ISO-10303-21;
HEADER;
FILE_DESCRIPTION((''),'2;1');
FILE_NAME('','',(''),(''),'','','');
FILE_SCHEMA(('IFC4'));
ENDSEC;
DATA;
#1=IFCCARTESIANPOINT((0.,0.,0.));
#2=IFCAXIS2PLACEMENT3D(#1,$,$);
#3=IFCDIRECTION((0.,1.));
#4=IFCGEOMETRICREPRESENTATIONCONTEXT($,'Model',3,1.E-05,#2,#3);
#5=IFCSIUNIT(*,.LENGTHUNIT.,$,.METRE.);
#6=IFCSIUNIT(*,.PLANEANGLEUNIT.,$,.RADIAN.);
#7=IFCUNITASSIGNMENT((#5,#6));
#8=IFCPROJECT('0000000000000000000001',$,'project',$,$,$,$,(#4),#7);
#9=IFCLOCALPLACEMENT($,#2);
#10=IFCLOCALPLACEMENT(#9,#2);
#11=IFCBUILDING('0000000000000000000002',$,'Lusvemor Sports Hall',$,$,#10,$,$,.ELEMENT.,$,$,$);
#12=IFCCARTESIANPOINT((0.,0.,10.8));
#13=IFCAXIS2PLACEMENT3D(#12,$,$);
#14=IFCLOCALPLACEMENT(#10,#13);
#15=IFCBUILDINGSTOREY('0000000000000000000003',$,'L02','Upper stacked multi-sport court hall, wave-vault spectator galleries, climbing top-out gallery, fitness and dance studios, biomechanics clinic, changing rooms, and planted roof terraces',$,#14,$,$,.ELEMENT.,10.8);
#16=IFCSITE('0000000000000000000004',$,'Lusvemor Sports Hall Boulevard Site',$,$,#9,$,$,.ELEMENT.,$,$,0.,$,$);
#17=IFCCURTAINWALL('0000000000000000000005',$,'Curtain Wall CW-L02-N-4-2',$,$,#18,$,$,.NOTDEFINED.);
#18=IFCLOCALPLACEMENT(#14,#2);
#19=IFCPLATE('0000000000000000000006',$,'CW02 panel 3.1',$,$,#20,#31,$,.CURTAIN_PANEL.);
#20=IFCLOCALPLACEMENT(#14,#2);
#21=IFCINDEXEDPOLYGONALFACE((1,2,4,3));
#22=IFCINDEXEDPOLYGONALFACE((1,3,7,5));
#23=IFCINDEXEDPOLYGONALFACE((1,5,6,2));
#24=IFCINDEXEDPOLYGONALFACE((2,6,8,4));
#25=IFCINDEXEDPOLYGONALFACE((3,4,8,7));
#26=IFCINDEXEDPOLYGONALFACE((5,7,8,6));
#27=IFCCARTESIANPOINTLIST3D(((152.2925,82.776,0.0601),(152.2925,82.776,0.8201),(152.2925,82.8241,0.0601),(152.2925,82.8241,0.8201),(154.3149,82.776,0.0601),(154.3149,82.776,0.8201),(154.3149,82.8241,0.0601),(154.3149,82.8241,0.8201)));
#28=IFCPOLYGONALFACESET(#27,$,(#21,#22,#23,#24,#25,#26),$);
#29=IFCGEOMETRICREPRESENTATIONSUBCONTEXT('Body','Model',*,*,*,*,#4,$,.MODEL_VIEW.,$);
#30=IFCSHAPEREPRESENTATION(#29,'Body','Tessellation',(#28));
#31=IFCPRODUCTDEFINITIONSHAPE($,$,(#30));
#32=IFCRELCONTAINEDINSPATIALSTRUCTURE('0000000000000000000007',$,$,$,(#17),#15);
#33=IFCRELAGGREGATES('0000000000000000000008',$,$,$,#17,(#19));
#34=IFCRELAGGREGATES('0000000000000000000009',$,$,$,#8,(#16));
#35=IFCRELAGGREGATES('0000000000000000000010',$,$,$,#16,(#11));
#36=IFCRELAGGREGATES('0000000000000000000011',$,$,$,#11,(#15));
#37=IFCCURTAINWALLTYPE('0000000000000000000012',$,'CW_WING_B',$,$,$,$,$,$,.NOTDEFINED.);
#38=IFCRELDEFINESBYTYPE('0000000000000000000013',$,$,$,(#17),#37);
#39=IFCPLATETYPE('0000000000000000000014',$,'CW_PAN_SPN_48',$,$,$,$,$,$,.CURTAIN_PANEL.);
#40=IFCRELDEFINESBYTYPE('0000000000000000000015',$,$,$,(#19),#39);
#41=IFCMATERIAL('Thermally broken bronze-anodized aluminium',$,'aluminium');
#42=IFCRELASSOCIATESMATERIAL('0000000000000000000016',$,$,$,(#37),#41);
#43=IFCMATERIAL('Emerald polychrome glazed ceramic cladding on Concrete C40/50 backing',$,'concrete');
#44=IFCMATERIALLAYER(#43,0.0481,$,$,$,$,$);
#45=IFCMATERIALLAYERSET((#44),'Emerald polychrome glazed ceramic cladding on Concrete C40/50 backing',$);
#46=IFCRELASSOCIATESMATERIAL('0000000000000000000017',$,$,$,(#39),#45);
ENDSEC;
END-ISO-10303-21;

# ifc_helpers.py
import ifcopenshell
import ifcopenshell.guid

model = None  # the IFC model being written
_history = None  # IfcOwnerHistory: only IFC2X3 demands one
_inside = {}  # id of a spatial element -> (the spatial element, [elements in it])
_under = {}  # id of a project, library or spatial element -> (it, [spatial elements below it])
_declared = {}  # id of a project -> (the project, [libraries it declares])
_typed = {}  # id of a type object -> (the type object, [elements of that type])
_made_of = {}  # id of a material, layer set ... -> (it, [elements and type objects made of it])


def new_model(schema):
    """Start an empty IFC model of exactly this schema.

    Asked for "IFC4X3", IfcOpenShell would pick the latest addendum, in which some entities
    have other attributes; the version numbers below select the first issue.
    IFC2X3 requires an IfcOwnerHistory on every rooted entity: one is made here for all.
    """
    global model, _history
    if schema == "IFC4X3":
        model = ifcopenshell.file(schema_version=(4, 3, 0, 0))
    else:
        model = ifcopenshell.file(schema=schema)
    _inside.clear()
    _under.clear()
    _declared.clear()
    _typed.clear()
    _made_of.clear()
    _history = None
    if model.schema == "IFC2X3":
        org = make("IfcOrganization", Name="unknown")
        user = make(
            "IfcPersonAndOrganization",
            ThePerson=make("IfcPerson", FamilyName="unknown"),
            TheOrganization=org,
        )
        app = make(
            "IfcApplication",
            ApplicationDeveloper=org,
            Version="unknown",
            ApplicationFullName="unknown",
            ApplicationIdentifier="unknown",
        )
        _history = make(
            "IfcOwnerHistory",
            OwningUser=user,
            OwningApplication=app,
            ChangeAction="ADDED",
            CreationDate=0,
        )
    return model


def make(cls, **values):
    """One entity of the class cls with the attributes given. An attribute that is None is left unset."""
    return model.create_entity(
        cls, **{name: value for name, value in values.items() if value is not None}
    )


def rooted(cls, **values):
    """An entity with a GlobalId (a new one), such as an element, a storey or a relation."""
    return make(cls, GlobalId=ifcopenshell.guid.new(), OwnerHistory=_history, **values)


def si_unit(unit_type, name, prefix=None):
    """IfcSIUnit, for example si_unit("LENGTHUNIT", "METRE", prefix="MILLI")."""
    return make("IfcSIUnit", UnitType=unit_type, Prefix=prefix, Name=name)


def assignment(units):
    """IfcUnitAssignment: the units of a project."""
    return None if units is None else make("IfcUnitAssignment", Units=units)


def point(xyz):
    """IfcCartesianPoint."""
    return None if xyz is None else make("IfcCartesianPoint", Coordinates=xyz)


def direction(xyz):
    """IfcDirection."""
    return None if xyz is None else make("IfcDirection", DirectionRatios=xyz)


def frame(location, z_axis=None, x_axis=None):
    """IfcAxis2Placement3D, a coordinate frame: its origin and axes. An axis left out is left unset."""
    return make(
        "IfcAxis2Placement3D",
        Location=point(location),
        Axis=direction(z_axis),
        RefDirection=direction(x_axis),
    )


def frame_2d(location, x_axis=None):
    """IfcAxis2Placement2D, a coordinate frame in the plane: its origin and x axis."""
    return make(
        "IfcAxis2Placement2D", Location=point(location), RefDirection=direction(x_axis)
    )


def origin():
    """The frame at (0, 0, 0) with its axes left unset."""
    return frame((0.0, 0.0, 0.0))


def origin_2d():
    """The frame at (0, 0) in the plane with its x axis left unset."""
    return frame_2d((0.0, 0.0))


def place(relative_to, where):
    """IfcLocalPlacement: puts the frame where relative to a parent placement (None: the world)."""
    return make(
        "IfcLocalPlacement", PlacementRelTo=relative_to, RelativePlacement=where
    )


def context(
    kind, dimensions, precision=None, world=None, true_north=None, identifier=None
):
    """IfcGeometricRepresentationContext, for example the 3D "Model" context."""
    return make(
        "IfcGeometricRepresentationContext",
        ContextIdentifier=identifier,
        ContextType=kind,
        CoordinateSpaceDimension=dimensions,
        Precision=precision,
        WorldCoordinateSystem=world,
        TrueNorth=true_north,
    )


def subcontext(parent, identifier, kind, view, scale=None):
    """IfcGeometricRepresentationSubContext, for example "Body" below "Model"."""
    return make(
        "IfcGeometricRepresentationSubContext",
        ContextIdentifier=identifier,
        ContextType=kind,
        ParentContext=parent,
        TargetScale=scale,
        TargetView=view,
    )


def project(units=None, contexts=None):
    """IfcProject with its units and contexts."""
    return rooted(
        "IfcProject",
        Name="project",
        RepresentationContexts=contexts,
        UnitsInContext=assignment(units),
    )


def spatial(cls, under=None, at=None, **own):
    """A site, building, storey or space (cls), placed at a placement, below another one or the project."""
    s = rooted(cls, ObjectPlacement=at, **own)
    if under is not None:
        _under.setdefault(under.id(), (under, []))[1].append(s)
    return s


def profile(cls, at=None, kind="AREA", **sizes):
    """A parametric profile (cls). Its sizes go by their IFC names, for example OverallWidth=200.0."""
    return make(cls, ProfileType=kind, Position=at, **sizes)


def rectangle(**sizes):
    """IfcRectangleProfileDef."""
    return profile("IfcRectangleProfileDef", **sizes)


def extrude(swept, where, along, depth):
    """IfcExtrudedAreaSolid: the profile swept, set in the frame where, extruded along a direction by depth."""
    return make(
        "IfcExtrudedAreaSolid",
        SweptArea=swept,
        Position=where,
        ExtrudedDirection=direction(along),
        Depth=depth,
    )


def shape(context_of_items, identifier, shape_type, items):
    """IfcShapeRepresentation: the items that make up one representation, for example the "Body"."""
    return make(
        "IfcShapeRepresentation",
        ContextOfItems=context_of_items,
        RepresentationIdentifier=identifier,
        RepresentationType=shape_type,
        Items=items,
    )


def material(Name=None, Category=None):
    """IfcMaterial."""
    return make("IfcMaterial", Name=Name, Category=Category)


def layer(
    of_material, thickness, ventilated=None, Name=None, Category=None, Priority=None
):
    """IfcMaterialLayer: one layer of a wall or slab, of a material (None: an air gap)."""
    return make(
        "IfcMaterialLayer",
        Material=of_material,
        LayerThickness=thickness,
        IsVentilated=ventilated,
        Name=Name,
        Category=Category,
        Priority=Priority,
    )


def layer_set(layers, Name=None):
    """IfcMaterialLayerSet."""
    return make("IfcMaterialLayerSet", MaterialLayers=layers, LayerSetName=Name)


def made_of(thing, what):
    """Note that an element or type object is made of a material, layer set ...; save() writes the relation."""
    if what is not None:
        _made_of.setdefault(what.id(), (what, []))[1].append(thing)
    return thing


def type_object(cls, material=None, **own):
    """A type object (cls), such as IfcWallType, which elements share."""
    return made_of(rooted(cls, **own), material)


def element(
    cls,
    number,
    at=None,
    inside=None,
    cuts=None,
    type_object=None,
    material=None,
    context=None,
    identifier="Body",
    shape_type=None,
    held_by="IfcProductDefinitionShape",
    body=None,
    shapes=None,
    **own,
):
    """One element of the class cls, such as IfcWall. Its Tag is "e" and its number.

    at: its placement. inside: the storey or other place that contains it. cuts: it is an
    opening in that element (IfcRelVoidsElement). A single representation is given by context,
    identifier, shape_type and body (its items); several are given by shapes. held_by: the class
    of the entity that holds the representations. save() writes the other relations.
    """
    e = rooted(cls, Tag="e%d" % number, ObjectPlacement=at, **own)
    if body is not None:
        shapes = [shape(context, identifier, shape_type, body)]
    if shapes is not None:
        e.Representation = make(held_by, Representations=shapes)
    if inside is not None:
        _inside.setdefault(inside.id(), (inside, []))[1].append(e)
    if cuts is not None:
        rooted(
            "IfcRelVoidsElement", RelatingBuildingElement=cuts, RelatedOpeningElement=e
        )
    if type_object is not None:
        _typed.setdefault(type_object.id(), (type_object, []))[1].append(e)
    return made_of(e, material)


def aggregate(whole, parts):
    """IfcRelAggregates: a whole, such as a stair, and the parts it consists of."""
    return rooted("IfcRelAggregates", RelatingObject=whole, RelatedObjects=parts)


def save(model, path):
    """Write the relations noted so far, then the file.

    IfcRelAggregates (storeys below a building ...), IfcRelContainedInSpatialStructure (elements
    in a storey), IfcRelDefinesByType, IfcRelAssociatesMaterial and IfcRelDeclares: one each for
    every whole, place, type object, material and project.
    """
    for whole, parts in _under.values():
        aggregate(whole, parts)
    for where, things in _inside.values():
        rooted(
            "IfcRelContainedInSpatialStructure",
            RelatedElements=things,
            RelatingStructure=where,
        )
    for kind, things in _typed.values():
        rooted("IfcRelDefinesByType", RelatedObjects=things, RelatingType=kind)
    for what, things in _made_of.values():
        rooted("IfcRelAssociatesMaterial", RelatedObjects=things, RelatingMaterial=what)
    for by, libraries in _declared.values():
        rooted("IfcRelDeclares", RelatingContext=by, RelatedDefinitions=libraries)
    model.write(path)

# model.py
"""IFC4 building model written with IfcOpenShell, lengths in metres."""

from ifc_helpers import new_model, si_unit, direction, frame, origin, origin_2d, place, context, subcontext, project, spatial, rectangle, extrude, material, layer, layer_set, type_object, element, aggregate, save


model = new_model("IFC4")

# Units and contexts
model_context = context("Model", 3, precision=1e-05, world=origin(), true_north=direction((0.0, 1.0)))
body_context = subcontext(model_context, "Body", "Model", "MODEL_VIEW")
ifc_project = project(units=[si_unit("LENGTHUNIT", "METRE"), si_unit("PLANEANGLEUNIT", "RADIAN")], contexts=[model_context])

# Site, building, storey
site_placement = place(None, origin())
site = spatial("IfcSite", under=ifc_project, at=site_placement, Name="Lusvemor Sports Hall Boulevard Site", CompositionType="ELEMENT", RefElevation=0.0)
building_placement = place(site_placement, origin())
building = spatial("IfcBuilding", under=site, at=building_placement, Name="Lusvemor Sports Hall", CompositionType="ELEMENT")
storey_placement = place(building_placement, frame((0.0, 0.0, 10.8)))
storey = spatial("IfcBuildingStorey", under=building, at=storey_placement, Name="L02", Description="Upper stacked multi-sport court hall, wave-vault spectator galleries, climbing top-out gallery, fitness and dance studios, biomechanics clinic, changing rooms, and planted roof terraces", CompositionType="ELEMENT", Elevation=10.8)

# Curtain wall
ifc_material_1 = material(Name="Thermally broken bronze-anodized aluminium", Category="aluminium")
curtain_wall_type = type_object("IfcCurtainWallType", Name="CW_WING_B", PredefinedType="NOTDEFINED", material=ifc_material_1)
curtain_wall_placement = place(storey_placement, origin())
curtain_wall = element("IfcCurtainWall", 1, at=curtain_wall_placement, inside=storey, type_object=curtain_wall_type, Name="Curtain Wall CW-L02-N-4-2", PredefinedType="NOTDEFINED")

# Plate
ifc_material_2 = material(Name="Emerald polychrome glazed ceramic cladding on Concrete C40/50 backing", Category="concrete")
ifc_layer_1 = layer(ifc_material_2, 0.0481)
ifc_layer_set_1 = layer_set([ifc_layer_1], Name="Emerald polychrome glazed ceramic cladding on Concrete C40/50 backing")
plate_type_1 = type_object("IfcPlateType", Name="CW_PAN_SPN_48", PredefinedType="CURTAIN_PANEL", material=ifc_layer_set_1)
plate_1_placement = place(storey_placement, frame((153.3037, 82.8, 0.0601), z_axis=(0.0, 0.0, 1.0), x_axis=(1.0, 0.0, 0.0)))
plate_1 = element("IfcPlate", 2, at=plate_1_placement, type_object=plate_type_1, Name="CW02 panel 3.1", PredefinedType="CURTAIN_PANEL", context=body_context, shape_type="SweptSolid", body=[
    extrude(rectangle(XDim=2.0225, YDim=0.0481, at=origin_2d()), origin(), (0.0, 0.0, 1.0), 0.76),
])
aggregate(curtain_wall, [plate_1])

save(model, "model.ifc")
